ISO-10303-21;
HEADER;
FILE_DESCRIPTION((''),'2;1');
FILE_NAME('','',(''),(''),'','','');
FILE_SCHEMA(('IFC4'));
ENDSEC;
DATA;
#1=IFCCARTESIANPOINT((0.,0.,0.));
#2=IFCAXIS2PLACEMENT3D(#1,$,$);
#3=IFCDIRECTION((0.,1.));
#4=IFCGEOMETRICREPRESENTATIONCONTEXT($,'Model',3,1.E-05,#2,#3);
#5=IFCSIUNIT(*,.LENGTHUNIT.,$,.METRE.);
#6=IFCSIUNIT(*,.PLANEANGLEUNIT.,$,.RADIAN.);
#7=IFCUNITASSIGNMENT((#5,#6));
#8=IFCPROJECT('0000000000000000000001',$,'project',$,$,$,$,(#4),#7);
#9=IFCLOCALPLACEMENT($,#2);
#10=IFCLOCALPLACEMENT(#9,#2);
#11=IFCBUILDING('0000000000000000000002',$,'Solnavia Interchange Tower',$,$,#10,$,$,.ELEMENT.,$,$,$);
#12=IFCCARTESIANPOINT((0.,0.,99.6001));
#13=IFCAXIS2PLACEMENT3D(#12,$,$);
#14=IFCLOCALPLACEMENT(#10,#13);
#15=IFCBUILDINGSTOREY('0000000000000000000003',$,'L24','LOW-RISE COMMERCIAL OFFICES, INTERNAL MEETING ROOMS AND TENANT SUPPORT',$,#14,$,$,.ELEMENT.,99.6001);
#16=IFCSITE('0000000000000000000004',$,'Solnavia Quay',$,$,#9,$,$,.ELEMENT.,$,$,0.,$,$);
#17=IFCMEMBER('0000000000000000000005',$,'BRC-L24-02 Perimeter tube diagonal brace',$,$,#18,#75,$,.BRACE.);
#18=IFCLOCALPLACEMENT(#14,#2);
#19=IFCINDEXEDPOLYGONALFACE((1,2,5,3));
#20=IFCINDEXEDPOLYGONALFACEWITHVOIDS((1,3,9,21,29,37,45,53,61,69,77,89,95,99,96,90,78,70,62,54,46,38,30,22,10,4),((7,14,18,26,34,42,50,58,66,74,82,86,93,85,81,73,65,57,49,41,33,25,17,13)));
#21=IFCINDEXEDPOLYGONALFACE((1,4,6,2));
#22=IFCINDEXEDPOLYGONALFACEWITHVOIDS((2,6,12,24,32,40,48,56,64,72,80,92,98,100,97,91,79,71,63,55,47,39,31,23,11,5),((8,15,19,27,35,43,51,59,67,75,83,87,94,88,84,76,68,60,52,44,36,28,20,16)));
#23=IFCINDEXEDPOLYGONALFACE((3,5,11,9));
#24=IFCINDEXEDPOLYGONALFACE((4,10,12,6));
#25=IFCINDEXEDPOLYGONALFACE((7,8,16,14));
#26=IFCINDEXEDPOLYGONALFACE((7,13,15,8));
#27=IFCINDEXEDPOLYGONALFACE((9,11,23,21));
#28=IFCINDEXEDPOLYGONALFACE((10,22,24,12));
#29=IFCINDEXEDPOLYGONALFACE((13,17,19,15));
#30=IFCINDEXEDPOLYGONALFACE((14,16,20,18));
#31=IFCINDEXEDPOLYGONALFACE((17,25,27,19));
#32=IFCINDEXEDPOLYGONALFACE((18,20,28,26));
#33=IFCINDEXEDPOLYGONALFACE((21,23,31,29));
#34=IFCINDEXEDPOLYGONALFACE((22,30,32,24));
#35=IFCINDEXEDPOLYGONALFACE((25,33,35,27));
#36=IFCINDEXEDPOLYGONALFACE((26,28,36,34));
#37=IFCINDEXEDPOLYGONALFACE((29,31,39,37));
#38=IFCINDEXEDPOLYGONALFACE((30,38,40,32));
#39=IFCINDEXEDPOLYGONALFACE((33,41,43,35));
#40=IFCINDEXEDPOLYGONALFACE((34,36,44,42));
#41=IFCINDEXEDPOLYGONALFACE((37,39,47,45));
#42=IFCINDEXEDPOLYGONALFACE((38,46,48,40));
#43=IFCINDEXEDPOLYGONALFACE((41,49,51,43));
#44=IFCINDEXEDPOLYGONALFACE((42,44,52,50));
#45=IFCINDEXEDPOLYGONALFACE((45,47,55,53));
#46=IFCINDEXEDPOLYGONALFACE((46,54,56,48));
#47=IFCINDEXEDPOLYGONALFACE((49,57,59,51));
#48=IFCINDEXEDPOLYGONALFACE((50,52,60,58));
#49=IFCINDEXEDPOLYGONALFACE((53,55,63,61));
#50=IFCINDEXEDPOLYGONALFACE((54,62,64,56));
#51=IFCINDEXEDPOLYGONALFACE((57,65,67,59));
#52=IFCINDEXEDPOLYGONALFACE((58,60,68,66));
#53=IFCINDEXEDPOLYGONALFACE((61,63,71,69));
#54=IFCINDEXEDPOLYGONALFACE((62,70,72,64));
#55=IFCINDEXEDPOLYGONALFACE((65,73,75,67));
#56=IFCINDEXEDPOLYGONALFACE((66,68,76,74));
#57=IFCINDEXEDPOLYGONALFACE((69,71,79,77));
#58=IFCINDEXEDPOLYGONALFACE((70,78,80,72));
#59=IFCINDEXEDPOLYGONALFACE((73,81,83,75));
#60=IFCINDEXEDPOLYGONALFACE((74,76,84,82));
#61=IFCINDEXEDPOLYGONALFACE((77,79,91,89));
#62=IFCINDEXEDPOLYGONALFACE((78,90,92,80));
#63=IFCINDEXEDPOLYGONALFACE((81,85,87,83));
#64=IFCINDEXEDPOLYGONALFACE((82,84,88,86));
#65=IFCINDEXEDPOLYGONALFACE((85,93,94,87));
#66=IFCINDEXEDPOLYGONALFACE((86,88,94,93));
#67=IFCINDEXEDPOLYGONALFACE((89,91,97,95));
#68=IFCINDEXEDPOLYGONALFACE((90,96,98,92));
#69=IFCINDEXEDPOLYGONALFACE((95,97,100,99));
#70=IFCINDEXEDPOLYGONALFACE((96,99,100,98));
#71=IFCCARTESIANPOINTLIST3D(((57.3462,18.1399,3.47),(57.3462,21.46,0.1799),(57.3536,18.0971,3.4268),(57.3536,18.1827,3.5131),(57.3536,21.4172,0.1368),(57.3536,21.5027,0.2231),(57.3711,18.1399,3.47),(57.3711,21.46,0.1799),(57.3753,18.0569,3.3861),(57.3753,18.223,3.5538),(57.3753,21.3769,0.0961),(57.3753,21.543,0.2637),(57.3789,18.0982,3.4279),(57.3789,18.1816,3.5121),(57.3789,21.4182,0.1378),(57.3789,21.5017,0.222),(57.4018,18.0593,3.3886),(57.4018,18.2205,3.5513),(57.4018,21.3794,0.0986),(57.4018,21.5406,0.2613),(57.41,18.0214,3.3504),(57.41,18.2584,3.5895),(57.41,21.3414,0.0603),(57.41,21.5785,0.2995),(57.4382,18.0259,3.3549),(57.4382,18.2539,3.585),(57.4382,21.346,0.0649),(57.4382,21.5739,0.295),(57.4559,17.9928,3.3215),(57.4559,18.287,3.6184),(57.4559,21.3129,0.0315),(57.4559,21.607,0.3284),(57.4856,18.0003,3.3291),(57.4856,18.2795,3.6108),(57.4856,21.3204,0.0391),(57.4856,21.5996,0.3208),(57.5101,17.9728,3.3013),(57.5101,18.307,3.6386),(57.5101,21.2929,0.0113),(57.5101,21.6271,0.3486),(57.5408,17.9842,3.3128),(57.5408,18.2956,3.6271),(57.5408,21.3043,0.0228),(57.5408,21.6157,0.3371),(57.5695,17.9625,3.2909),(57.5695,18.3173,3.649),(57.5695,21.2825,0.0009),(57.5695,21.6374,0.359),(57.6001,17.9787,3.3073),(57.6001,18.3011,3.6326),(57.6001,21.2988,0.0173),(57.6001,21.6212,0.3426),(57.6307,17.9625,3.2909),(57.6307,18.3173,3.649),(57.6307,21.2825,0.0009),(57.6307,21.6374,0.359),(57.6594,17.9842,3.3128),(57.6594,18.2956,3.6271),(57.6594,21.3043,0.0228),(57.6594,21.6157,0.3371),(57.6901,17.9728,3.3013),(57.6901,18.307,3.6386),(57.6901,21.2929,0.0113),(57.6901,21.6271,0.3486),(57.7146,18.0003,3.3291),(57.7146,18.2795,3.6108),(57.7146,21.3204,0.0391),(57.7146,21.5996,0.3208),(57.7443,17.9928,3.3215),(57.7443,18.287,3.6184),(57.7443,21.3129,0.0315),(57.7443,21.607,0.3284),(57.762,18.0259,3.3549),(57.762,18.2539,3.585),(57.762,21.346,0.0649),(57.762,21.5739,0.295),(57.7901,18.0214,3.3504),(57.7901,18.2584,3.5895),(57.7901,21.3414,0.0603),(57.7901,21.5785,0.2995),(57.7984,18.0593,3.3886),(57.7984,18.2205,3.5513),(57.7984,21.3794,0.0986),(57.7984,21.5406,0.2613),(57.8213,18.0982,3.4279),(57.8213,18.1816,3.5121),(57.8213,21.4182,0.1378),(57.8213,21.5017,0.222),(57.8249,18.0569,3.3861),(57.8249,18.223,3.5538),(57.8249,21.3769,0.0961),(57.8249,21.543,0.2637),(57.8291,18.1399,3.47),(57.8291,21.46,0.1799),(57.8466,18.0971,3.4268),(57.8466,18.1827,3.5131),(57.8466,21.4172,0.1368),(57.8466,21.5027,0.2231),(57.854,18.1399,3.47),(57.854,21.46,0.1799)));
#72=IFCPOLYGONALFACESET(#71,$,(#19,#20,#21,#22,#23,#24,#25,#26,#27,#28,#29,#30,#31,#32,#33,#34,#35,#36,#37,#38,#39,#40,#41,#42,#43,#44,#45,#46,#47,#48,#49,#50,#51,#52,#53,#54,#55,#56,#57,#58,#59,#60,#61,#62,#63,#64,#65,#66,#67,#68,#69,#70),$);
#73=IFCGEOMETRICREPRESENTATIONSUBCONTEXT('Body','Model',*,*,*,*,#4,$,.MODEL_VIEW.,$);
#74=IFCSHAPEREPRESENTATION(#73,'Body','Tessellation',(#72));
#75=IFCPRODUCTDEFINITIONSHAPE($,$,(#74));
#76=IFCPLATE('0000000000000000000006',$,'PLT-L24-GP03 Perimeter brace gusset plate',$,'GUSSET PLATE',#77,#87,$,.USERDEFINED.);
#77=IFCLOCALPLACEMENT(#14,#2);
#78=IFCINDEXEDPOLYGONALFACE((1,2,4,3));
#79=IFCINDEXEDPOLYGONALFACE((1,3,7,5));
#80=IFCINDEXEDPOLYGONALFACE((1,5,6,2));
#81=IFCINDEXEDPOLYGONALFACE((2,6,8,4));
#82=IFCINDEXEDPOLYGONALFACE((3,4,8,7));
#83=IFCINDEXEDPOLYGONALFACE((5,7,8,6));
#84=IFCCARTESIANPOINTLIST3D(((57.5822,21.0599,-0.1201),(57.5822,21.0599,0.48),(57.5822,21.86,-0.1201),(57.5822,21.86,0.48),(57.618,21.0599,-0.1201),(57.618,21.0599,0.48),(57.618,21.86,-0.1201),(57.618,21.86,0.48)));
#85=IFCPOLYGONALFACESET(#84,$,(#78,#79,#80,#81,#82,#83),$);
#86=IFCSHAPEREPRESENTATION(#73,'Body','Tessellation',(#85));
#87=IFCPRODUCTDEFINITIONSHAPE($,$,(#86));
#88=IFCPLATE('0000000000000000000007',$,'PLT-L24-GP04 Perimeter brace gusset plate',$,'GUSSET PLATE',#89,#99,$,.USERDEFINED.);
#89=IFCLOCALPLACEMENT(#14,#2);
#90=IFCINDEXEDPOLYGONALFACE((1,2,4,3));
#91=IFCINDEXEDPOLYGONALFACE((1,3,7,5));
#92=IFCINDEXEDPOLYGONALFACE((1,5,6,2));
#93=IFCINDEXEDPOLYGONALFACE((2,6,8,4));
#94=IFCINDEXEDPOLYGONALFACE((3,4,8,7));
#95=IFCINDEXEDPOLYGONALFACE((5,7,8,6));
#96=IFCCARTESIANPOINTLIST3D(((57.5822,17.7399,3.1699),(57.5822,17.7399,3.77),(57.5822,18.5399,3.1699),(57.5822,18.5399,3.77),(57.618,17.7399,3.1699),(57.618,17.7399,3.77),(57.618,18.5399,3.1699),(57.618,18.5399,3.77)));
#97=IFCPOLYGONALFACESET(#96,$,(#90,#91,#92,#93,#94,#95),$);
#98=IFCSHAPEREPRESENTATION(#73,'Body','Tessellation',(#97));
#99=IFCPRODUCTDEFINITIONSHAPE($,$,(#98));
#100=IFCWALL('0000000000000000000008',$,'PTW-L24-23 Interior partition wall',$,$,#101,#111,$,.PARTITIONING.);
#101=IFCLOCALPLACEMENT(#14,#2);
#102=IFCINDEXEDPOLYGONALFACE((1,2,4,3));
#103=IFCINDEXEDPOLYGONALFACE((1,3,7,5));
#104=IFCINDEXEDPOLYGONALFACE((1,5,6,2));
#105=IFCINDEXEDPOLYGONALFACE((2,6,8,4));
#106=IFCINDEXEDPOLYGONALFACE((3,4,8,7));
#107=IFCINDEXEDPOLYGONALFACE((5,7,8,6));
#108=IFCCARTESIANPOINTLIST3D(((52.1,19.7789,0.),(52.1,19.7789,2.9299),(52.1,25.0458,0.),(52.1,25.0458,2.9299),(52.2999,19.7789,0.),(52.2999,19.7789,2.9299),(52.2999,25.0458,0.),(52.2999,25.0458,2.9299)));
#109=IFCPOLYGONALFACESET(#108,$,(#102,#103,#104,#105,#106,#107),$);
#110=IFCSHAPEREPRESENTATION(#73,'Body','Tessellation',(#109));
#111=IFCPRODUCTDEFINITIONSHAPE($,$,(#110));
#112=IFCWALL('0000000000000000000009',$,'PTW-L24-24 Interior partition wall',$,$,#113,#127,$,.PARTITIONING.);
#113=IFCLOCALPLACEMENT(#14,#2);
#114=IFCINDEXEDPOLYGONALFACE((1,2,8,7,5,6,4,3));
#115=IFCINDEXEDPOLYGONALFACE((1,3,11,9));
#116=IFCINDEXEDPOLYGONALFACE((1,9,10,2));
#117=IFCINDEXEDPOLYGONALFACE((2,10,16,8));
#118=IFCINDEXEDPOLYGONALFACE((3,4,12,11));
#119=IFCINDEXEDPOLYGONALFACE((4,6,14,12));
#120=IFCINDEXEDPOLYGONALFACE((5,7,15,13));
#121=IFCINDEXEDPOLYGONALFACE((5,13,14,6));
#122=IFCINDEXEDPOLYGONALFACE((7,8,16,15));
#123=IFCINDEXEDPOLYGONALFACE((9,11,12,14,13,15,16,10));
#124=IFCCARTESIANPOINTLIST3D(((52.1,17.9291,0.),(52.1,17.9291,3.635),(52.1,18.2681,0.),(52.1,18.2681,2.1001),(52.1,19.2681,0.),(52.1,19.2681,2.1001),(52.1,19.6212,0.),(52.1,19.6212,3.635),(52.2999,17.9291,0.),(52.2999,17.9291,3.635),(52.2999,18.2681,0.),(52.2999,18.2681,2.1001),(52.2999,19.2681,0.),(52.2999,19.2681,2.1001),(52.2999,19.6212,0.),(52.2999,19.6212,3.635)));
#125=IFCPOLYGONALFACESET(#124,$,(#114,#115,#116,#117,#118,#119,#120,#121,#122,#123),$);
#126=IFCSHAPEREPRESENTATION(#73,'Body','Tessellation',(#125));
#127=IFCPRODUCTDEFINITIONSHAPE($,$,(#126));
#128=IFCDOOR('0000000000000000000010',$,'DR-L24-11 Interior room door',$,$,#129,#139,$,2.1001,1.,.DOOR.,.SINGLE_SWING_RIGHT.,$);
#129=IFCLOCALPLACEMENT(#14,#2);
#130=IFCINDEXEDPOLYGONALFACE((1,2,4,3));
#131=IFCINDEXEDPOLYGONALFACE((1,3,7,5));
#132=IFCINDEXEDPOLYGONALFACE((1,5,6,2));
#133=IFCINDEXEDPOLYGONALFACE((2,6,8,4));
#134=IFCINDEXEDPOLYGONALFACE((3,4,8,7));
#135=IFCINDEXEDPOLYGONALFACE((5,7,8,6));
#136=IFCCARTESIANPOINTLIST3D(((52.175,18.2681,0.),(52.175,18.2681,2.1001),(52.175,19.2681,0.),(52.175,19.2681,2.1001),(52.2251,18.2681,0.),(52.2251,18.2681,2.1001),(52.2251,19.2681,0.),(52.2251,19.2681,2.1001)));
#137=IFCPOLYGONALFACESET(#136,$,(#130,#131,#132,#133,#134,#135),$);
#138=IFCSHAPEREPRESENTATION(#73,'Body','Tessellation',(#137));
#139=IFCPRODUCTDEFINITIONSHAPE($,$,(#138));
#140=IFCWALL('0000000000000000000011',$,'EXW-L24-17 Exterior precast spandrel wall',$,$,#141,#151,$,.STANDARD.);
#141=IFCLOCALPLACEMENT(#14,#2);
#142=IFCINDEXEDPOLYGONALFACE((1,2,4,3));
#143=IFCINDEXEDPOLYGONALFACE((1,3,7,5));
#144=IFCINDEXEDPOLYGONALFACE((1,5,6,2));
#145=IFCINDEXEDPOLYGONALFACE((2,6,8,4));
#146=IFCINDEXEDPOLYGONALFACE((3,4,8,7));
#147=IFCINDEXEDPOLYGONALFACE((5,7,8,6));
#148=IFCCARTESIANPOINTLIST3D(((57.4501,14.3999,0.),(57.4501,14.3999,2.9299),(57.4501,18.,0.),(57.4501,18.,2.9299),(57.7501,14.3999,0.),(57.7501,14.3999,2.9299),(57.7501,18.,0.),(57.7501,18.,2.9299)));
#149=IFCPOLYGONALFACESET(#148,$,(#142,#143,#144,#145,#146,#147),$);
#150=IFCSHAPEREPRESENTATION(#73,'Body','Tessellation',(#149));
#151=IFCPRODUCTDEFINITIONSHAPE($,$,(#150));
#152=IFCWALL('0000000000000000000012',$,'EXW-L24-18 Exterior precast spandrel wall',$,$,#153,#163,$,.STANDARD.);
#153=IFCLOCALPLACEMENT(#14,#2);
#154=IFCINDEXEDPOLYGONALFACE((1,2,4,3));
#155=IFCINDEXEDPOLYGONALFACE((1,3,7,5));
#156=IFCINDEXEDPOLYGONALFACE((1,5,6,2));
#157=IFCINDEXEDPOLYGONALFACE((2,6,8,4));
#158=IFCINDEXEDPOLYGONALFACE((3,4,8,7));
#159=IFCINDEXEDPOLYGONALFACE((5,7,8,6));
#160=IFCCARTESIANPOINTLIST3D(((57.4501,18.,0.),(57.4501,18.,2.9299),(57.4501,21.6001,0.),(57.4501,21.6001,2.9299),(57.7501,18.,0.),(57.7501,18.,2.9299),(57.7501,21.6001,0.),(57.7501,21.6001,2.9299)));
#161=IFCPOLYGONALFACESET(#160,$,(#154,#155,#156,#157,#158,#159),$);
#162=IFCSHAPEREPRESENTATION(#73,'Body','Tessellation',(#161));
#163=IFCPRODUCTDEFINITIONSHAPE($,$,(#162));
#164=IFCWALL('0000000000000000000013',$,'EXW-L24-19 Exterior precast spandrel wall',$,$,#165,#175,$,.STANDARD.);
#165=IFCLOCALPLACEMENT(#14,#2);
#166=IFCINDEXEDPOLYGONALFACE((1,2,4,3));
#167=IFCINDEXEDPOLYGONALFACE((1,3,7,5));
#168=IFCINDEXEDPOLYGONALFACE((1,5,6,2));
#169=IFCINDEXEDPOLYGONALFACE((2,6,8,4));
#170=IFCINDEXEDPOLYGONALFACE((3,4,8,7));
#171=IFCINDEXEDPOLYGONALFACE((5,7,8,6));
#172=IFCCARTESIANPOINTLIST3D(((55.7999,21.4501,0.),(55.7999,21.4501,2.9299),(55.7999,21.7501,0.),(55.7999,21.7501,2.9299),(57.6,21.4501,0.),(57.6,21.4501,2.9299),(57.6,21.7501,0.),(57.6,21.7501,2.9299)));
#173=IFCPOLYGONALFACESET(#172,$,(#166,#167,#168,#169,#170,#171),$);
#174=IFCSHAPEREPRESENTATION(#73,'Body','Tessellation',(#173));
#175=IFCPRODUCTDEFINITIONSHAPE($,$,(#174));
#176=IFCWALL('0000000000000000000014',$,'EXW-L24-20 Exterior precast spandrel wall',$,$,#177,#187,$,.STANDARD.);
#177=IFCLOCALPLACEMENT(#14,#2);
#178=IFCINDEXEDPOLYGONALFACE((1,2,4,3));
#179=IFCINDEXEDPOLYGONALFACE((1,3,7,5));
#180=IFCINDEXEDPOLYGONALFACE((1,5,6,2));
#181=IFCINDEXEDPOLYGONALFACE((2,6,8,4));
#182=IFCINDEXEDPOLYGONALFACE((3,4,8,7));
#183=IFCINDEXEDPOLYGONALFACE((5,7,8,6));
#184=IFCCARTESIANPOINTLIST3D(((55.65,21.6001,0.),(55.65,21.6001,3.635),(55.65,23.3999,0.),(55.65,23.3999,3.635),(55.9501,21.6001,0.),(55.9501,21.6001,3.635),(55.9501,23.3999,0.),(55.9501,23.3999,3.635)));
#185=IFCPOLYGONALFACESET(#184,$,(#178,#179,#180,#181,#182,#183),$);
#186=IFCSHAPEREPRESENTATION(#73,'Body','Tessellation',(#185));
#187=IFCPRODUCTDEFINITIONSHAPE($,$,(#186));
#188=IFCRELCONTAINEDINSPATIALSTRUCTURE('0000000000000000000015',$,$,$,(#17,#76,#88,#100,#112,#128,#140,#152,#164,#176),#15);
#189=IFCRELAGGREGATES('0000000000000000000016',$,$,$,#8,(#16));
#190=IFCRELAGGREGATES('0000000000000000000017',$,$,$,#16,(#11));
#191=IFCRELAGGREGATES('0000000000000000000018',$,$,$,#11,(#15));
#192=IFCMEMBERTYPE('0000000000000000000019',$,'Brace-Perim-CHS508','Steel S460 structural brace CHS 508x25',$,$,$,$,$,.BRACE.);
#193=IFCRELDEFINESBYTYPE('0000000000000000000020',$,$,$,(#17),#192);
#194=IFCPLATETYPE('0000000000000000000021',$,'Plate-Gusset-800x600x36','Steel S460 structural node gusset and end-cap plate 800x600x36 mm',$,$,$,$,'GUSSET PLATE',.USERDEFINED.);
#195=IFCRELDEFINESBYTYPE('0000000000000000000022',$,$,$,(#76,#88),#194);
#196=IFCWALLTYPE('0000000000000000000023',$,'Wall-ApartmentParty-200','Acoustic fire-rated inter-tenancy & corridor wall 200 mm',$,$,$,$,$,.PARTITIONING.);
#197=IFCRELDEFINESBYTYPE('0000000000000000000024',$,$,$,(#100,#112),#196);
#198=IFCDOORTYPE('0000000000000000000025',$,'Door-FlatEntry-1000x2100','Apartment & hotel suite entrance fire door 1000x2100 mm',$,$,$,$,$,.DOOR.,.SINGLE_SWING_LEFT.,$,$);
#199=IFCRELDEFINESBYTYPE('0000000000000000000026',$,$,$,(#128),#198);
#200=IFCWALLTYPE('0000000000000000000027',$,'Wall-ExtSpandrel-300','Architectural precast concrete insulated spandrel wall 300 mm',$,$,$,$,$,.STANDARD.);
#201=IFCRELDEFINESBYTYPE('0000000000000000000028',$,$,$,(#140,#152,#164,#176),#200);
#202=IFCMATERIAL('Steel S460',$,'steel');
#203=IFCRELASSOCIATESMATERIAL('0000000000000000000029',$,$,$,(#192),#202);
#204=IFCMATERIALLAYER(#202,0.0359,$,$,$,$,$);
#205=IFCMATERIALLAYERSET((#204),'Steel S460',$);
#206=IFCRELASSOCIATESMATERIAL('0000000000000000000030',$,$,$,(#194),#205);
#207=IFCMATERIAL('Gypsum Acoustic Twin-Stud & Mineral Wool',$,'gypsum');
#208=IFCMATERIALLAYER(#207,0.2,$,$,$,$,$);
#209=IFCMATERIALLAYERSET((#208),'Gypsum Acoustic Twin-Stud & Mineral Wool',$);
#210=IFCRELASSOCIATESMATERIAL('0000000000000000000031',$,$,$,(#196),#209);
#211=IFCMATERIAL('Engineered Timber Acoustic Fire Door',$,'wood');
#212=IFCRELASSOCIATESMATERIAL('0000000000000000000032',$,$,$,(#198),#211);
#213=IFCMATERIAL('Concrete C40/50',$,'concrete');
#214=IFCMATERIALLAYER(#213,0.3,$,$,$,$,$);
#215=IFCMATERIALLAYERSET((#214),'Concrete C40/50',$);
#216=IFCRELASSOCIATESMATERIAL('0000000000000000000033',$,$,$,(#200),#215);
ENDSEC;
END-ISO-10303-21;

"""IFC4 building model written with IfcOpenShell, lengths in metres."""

from ifc_helpers import new_model, si_unit, direction, frame, frame_2d, origin, origin_2d, place, context, subcontext, project, spatial, rectangle, hollow_circle, extrude, material, layer, layer_set, material_profile, profile_set, type_object, element, fill, save


model = new_model("IFC4")

# Units and contexts
model_context = context("Model", 3, precision=1e-05, world=origin(), true_north=direction((0.0, 1.0)))
body_context = subcontext(model_context, "Body", "Model", "MODEL_VIEW")
ifc_project = project(units=[si_unit("LENGTHUNIT", "METRE"), si_unit("PLANEANGLEUNIT", "RADIAN")], contexts=[model_context])

# Site, building, storey
site_placement = place(None, origin())
site = spatial("IfcSite", under=ifc_project, at=site_placement, Name="Solnavia Quay", CompositionType="ELEMENT", RefElevation=0.0)
building_placement = place(site_placement, origin())
building = spatial("IfcBuilding", under=site, at=building_placement, Name="Solnavia Interchange Tower", CompositionType="ELEMENT")
storey_placement = place(building_placement, frame((0.0, 0.0, 99.6001)))
storey = spatial("IfcBuildingStorey", under=building, at=storey_placement, Name="L24", Description="LOW-RISE COMMERCIAL OFFICES, INTERNAL MEETING ROOMS AND TENANT SUPPORT", CompositionType="ELEMENT", Elevation=99.6001)

# Member
ifc_material_1 = material(Name="Steel S460", Category="steel")
ifc_material_profile_1 = material_profile(ifc_material_1, hollow_circle(Radius=0.2539, WallThickness=0.0249, at=origin_2d()), Name="CHS 508x25")
ifc_profile_set_1 = profile_set([ifc_material_profile_1], Name="Steel S460")
member_type = type_object("IfcMemberType", Name="Brace-Perim-CHS508", Description="Steel S460 structural brace CHS 508x25", PredefinedType="BRACE", material=ifc_profile_set_1)
member_placement = place(storey_placement, frame((57.6001, 21.46, 0.1799), z_axis=(0.0, -0.710312, 0.703887), x_axis=(1.0, 0.0, 0.0)))
element("IfcMember", 1, at=member_placement, inside=storey, type_object=member_type, Name="BRC-L24-02 Perimeter tube diagonal brace", PredefinedType="BRACE", context=body_context, shape_type="SweptSolid", body=[
    extrude(hollow_circle(Radius=0.2539, WallThickness=0.0249, at=origin_2d()), origin(), (0.0, 0.0, 1.0), 4.6741),
])

# Plates
ifc_layer_1 = layer(ifc_material_1, 0.0359)
ifc_layer_set_1 = layer_set([ifc_layer_1], Name="Steel S460")
plate_type = type_object("IfcPlateType", Name="Plate-Gusset-800x600x36", Description="Steel S460 structural node gusset and end-cap plate 800x600x36 mm", ElementType="GUSSET PLATE", PredefinedType="USERDEFINED", material=ifc_layer_set_1)
for number, where, z_axis, x_axis, name in (
    (2, (57.6001, 21.46, -0.1201), (0.0, 0.0, 1.0), (0.0, -1.0, 0.0), "PLT-L24-GP03 Perimeter brace gusset plate"),
    (3, (57.6001, 18.1399, 3.1699), (0.0, 0.0, 1.0), (0.0, -1.0, 0.0), "PLT-L24-GP04 Perimeter brace gusset plate"),
):
    element("IfcPlate", number, at=place(storey_placement, frame(where, z_axis=z_axis, x_axis=x_axis)), inside=storey, type_object=plate_type, Name=name, ObjectType="GUSSET PLATE", PredefinedType="USERDEFINED", context=body_context, shape_type="SweptSolid", body=[
        extrude(rectangle(XDim=0.8, YDim=0.0359, at=origin_2d()), origin(), (0.0, 0.0, 1.0), 0.6001),
    ])

# Wall
ifc_material_2 = material(Name="Gypsum Acoustic Twin-Stud & Mineral Wool", Category="gypsum")
ifc_layer_2 = layer(ifc_material_2, 0.2)
ifc_layer_set_2 = layer_set([ifc_layer_2], Name="Gypsum Acoustic Twin-Stud & Mineral Wool")
wall_type_1 = type_object("IfcWallType", Name="Wall-ApartmentParty-200", Description="Acoustic fire-rated inter-tenancy & corridor wall 200 mm", PredefinedType="PARTITIONING", material=ifc_layer_set_2)
wall_1_placement = place(storey_placement, frame((52.2, 19.7791, 0.0), z_axis=(0.0, 0.0, 1.0), x_axis=(0.0, 1.0, 0.0)))
element("IfcWall", 4, at=wall_1_placement, inside=storey, type_object=wall_type_1, Name="PTW-L24-23 Interior partition wall", PredefinedType="PARTITIONING", context=body_context, shape_type="SweptSolid", body=[
    extrude(rectangle(XDim=5.2668, YDim=0.2, at=frame_2d((2.6333, 0.0))), origin(), (0.0, 0.0, 1.0), 2.9299),
])

# Wall, opening, door
wall_2_placement = place(storey_placement, frame((52.2, 17.929, 0.0), z_axis=(0.0, 0.0, 1.0), x_axis=(0.0, 1.0, 0.0)))
wall_2 = element("IfcWall", 5, at=wall_2_placement, inside=storey, type_object=wall_type_1, Name="PTW-L24-24 Interior partition wall", PredefinedType="PARTITIONING", context=body_context, shape_type="SweptSolid", body=[
    extrude(rectangle(XDim=1.6921, YDim=0.2, at=frame_2d((0.8462, 0.0))), origin(), (0.0, 0.0, 1.0), 3.635),
])
opening_placement = place(wall_2_placement, frame((0.3391, 0.0, 0.0)))
opening = element("IfcOpeningElement", 6, at=opening_placement, cuts=wall_2, PredefinedType="OPENING", context=body_context, shape_type="SweptSolid", body=[
    extrude(rectangle(XDim=1.0, YDim=2.1001, at=frame_2d((0.5, 1.05))), frame((0.0, 0.1099, 0.0), z_axis=(0.0, -1.0, 0.0), x_axis=(1.0, 0.0, 0.0)), (0.0, 0.0, 1.0), 0.22),
])
ifc_material_3 = material(Name="Engineered Timber Acoustic Fire Door", Category="wood")
door_type = type_object("IfcDoorType", Name="Door-FlatEntry-1000x2100", Description="Apartment & hotel suite entrance fire door 1000x2100 mm", OperationType="SINGLE_SWING_LEFT", PredefinedType="DOOR", material=ifc_material_3)
door_placement = place(opening_placement, origin())
door = element("IfcDoor", 7, at=door_placement, inside=storey, type_object=door_type, Name="DR-L24-11 Interior room door", OperationType="SINGLE_SWING_RIGHT", OverallHeight=2.1001, OverallWidth=1.0, PredefinedType="DOOR", context=body_context, shape_type="SweptSolid", body=[
    extrude(rectangle(XDim=1.0, YDim=2.1001, at=frame_2d((0.5, 1.05))), frame((0.0, 0.0249, 0.0), z_axis=(0.0, -1.0, 0.0), x_axis=(1.0, 0.0, 0.0)), (0.0, 0.0, 1.0), 0.05),
])
fill(opening, door)

# Walls
ifc_material_4 = material(Name="Concrete C40/50", Category="concrete")
ifc_layer_3 = layer(ifc_material_4, 0.3)
ifc_layer_set_3 = layer_set([ifc_layer_3], Name="Concrete C40/50")
wall_type_2 = type_object("IfcWallType", Name="Wall-ExtSpandrel-300", Description="Architectural precast concrete insulated spandrel wall 300 mm", PredefinedType="STANDARD", material=ifc_layer_set_3)
for number, where, z_axis, x_axis, name in (
    (8, (57.6001, 18.0, 0.0), (0.0, 0.0, 1.0), (0.0, -1.0, 0.0), "EXW-L24-17 Exterior precast spandrel wall"),
    (9, (57.6001, 21.6001, 0.0), (0.0, 0.0, 1.0), (0.0, -1.0, 0.0), "EXW-L24-18 Exterior precast spandrel wall"),
):
    element("IfcWall", number, at=place(storey_placement, frame(where, z_axis=z_axis, x_axis=x_axis)), inside=storey, type_object=wall_type_2, Name=name, PredefinedType="STANDARD", context=body_context, shape_type="SweptSolid", body=[
        extrude(rectangle(XDim=3.6001, YDim=0.3, at=frame_2d((1.8, 0.0))), origin(), (0.0, 0.0, 1.0), 2.9299),
    ])
wall_3_placement = place(storey_placement, frame((55.8, 21.6001, 0.0), z_axis=(0.0, 0.0, 1.0), x_axis=(1.0, 0.0, 0.0)))
element("IfcWall", 10, at=wall_3_placement, inside=storey, type_object=wall_type_2, Name="EXW-L24-19 Exterior precast spandrel wall", PredefinedType="STANDARD", context=body_context, shape_type="SweptSolid", body=[
    extrude(rectangle(XDim=1.8, YDim=0.3, at=frame_2d((0.8999, 0.0))), origin(), (0.0, 0.0, 1.0), 2.9299),
])
wall_4_placement = place(storey_placement, frame((55.8, 23.3999, 0.0), z_axis=(0.0, 0.0, 1.0), x_axis=(0.0, -1.0, 0.0)))
element("IfcWall", 11, at=wall_4_placement, inside=storey, type_object=wall_type_2, Name="EXW-L24-20 Exterior precast spandrel wall", PredefinedType="STANDARD", context=body_context, shape_type="SweptSolid", body=[
    extrude(rectangle(XDim=1.7998, YDim=0.3, at=frame_2d((0.8999, 0.0))), origin(), (0.0, 0.0, 1.0), 3.635),
])

save(model, "model.ifc")
